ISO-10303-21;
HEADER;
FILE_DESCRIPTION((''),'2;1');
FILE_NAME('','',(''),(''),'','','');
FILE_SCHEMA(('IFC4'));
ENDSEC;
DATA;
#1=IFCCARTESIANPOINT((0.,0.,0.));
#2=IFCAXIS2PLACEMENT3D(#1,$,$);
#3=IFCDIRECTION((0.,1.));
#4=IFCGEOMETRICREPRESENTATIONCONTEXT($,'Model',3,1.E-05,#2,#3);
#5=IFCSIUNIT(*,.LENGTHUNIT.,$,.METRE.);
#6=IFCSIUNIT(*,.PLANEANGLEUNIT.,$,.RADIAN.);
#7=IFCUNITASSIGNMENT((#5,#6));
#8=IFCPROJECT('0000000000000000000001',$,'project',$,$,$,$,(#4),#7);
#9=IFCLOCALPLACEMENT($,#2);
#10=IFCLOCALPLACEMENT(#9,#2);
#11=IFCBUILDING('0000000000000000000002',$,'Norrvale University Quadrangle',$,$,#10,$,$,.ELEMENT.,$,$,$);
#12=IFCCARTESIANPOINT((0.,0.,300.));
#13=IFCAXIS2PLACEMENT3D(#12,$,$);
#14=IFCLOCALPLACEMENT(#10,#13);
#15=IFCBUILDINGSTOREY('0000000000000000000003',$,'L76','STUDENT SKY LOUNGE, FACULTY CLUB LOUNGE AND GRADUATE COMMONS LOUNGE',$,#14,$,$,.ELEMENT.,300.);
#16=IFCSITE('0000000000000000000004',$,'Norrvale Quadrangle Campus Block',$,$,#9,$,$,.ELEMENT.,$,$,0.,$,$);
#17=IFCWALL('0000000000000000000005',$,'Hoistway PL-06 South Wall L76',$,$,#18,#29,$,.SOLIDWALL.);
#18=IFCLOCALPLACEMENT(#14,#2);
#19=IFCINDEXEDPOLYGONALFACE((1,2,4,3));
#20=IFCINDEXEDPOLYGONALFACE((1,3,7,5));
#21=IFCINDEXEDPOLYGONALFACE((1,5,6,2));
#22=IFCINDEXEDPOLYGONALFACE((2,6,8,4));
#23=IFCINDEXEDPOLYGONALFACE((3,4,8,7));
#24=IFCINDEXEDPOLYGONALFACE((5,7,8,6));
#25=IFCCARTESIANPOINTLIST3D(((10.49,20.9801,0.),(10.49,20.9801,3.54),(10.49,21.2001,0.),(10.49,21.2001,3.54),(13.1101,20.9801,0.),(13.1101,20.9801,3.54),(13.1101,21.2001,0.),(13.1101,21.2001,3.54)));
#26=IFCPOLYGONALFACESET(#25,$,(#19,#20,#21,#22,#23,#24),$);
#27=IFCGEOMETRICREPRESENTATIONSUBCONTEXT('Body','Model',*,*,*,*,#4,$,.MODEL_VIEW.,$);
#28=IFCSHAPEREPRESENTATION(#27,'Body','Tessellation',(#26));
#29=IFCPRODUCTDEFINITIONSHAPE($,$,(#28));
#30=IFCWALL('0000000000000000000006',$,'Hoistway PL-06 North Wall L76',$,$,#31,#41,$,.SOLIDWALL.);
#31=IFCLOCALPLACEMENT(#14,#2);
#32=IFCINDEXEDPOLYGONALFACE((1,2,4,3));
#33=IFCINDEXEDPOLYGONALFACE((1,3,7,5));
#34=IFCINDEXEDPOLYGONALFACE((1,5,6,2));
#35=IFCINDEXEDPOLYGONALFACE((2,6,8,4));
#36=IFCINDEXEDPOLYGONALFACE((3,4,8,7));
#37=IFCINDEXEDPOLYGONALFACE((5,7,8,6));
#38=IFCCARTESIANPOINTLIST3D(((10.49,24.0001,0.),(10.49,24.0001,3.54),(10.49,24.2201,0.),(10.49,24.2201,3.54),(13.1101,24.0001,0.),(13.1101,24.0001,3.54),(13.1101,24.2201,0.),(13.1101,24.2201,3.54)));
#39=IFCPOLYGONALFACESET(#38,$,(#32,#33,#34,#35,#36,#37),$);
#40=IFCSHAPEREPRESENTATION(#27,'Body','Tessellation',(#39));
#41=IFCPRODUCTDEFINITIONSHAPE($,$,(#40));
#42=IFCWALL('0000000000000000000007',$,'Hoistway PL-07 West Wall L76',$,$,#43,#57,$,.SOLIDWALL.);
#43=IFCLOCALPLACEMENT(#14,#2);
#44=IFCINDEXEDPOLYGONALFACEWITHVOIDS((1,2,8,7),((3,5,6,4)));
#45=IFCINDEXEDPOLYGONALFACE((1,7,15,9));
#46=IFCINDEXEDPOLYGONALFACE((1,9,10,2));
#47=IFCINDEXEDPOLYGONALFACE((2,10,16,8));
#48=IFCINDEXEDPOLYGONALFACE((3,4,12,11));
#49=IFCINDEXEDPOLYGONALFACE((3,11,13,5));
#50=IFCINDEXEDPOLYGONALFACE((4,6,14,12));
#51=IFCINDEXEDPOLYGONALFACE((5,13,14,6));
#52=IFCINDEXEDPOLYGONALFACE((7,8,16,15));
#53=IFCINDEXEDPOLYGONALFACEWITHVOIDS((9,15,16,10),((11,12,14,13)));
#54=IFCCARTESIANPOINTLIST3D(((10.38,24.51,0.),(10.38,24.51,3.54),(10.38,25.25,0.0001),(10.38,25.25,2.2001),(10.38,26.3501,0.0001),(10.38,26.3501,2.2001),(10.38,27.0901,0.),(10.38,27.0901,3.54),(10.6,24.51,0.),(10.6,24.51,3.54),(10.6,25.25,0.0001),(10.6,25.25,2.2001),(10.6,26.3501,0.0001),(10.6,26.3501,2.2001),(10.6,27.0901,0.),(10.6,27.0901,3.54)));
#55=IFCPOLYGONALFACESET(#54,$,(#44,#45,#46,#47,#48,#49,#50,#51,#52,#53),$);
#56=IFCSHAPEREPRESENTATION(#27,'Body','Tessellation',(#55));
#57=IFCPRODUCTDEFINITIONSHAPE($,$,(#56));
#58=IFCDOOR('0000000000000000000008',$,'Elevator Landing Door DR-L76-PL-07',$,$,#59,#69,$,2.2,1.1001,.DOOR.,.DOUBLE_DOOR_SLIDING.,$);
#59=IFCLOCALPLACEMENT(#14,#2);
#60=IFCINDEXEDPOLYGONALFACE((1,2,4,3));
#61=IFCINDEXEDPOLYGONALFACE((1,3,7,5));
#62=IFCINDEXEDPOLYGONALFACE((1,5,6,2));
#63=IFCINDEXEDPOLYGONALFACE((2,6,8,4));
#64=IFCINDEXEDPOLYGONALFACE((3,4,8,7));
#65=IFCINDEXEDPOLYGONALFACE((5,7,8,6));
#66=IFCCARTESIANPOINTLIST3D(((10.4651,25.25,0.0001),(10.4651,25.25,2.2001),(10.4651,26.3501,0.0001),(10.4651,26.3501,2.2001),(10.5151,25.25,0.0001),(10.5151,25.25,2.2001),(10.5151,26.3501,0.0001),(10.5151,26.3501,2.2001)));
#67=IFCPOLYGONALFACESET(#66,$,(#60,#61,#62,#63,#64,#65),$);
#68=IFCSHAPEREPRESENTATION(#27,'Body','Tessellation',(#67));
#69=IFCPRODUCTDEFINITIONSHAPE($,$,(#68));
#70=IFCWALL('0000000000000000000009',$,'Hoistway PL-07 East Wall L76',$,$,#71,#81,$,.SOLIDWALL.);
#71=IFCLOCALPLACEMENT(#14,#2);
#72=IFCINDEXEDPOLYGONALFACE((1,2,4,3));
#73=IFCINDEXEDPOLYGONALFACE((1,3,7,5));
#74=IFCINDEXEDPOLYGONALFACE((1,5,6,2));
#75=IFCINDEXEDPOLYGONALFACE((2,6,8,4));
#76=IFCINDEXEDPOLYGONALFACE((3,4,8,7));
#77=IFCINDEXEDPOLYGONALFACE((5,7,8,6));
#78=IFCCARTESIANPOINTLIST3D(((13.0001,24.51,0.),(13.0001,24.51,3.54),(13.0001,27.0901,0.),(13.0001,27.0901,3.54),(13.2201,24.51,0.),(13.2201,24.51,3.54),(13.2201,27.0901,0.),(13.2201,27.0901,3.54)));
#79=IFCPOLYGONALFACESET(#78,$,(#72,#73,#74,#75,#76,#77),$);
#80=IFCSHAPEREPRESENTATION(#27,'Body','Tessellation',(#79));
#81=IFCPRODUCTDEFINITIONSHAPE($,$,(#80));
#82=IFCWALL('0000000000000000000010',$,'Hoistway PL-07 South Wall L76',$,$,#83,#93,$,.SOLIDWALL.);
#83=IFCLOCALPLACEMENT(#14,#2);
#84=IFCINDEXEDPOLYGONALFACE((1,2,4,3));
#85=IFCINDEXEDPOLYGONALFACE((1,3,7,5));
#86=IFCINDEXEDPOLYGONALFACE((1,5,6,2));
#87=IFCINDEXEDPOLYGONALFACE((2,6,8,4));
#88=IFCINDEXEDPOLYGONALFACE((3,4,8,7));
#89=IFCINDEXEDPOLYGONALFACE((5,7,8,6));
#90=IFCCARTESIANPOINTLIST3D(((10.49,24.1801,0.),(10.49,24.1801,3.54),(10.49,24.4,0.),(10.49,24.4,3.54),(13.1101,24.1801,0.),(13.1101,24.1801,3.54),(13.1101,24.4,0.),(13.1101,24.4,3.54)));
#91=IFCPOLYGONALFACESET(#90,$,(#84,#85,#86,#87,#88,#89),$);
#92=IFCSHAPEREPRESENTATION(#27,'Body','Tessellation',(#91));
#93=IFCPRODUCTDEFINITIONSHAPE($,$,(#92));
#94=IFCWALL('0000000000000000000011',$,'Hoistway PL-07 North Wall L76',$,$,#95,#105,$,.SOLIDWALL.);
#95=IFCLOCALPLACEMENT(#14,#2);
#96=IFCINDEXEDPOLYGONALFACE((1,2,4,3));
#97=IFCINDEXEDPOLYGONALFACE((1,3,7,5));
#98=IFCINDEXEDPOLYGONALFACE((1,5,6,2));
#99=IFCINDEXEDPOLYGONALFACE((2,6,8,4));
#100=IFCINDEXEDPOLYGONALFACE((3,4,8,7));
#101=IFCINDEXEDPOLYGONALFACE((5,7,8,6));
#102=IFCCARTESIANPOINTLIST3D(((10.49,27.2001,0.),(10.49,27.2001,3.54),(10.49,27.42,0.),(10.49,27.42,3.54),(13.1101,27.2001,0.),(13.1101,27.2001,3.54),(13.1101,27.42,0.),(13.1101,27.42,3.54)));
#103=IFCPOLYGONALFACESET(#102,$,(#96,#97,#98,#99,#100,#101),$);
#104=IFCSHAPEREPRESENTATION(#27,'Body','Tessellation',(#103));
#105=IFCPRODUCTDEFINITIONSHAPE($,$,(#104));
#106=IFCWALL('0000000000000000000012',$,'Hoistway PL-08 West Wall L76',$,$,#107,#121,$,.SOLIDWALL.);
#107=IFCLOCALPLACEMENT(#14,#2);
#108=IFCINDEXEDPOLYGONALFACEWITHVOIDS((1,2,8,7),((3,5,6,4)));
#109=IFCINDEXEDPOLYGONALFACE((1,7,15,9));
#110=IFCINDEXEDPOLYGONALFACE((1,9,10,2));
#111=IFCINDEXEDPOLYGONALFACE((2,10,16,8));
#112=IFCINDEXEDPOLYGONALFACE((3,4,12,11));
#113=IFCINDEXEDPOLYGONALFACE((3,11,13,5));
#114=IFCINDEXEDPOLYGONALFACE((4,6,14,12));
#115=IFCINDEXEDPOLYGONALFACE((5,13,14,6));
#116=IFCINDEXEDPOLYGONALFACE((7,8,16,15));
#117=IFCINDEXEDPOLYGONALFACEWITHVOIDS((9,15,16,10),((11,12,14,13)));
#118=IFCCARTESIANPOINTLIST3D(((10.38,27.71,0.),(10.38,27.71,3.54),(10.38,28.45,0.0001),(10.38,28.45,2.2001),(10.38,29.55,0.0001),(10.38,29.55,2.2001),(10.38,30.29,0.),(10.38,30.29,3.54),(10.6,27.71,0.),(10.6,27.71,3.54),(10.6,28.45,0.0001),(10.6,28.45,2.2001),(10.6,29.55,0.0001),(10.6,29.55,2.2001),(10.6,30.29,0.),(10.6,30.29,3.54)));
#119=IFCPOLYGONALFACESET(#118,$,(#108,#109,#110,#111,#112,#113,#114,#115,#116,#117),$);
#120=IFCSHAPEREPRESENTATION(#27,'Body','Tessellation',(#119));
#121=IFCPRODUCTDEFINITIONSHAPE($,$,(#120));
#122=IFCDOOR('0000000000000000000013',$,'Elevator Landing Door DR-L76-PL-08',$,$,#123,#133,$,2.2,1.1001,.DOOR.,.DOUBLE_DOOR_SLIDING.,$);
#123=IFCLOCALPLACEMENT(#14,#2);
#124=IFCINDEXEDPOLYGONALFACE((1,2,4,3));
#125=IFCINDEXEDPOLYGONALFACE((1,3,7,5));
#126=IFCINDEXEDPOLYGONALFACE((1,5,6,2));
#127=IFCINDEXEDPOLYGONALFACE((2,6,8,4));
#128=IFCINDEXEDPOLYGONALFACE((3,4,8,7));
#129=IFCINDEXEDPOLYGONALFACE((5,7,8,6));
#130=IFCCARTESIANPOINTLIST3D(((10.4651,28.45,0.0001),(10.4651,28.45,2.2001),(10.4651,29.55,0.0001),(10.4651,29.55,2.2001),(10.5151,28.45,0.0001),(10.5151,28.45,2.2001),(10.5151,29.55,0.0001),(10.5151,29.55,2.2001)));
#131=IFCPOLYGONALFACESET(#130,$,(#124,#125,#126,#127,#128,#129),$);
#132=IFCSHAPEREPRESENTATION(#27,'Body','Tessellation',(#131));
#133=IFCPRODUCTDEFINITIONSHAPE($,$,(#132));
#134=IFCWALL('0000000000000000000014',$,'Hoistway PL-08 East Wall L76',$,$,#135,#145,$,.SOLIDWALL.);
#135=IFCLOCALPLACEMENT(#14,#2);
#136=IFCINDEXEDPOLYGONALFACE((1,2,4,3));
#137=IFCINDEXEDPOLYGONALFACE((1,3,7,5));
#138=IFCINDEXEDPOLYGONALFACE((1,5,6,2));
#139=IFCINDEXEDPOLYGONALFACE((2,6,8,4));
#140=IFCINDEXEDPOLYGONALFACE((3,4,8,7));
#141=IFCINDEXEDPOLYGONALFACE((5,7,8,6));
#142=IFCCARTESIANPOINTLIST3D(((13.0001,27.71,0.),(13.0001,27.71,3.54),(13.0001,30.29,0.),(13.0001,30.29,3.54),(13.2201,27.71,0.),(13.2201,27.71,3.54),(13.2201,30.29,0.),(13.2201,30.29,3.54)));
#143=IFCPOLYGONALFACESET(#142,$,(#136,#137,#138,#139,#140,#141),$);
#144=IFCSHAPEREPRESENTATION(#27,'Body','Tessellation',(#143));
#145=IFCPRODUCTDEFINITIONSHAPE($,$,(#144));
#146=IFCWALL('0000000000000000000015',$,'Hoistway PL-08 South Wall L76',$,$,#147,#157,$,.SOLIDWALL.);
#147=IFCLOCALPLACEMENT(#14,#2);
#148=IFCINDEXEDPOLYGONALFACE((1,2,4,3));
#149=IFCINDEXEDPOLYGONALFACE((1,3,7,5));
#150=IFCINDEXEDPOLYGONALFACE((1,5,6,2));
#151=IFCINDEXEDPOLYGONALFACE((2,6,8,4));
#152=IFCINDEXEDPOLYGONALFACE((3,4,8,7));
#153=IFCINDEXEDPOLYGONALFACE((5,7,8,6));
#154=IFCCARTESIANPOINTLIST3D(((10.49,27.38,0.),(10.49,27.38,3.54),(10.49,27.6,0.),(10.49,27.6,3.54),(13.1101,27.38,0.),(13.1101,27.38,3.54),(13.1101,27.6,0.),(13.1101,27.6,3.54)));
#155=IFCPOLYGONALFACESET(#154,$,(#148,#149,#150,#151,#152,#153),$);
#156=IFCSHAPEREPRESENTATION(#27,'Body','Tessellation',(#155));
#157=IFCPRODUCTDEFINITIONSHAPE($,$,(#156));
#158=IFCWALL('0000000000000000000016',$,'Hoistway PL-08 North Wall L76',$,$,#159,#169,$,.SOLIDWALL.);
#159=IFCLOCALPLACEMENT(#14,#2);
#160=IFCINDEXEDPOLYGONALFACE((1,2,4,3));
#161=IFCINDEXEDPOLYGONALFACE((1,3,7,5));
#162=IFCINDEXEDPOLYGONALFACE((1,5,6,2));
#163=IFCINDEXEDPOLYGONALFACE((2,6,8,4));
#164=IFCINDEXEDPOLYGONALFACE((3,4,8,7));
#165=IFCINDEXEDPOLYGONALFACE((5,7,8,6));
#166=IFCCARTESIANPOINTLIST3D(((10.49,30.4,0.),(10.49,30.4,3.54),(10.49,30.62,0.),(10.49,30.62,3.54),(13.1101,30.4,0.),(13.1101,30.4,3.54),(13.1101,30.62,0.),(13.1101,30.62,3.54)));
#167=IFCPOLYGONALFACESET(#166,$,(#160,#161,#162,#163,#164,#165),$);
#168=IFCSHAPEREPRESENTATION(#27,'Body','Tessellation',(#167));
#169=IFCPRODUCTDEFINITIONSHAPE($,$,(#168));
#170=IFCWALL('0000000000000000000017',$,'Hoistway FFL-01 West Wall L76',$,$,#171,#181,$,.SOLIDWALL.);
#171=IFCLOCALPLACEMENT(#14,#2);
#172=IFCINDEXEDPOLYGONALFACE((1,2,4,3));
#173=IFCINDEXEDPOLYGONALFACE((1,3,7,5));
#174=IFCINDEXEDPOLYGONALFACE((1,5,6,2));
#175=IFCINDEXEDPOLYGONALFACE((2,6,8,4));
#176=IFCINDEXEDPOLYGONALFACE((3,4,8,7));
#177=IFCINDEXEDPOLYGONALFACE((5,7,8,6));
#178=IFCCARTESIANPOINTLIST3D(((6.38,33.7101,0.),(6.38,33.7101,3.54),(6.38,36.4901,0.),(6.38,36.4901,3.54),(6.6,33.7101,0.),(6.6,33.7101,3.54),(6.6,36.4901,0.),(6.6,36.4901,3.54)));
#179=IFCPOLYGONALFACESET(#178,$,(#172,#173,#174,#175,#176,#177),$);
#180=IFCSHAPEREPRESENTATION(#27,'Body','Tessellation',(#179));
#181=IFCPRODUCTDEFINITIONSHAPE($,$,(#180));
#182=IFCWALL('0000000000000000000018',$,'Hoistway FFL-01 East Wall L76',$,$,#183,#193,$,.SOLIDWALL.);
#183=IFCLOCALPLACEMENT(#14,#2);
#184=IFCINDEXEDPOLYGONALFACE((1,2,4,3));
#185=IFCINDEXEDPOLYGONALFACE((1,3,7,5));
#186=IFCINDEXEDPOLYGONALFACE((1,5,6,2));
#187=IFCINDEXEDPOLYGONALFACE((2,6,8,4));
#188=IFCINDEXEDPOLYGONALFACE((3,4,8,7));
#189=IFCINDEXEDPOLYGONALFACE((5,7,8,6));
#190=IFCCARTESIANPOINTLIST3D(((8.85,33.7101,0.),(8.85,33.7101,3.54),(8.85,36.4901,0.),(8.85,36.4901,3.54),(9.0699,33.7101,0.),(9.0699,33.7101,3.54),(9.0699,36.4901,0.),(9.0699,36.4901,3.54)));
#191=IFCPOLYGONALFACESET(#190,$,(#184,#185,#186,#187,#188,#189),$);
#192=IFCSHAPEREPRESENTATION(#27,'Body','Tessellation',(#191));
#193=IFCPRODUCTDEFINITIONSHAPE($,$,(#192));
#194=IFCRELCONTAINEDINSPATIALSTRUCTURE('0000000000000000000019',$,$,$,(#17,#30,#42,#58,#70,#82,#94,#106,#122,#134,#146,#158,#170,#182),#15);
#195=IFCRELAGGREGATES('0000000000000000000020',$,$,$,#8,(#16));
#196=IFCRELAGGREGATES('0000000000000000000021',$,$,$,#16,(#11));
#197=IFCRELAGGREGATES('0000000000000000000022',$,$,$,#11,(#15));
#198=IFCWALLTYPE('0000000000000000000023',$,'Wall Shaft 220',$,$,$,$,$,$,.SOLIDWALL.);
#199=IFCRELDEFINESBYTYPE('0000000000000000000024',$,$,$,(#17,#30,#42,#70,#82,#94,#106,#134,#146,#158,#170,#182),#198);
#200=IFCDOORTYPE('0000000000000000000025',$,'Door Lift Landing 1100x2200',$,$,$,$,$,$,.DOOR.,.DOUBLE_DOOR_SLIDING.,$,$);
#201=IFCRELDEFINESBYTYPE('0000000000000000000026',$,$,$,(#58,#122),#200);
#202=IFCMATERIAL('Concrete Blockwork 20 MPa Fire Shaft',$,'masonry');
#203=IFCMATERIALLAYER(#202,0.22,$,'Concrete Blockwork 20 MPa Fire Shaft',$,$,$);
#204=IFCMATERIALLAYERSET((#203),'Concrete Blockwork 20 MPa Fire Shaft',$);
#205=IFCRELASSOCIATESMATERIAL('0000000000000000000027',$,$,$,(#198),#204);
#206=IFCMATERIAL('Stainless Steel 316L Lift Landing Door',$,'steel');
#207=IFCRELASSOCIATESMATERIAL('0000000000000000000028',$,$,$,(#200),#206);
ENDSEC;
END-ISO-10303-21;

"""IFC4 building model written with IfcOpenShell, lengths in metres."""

from ifc_helpers import new_model, si_unit, direction, frame, frame_2d, origin, place, context, subcontext, project, spatial, rectangle, extrude, material, layer, layer_set, type_object, element, fill, save


model = new_model("IFC4")

# Units and contexts
model_context = context("Model", 3, precision=1e-05, world=origin(), true_north=direction((0.0, 1.0)))
body_context = subcontext(model_context, "Body", "Model", "MODEL_VIEW")
ifc_project = project(units=[si_unit("LENGTHUNIT", "METRE"), si_unit("PLANEANGLEUNIT", "RADIAN")], contexts=[model_context])

# Site, building, storey
site_placement = place(None, origin())
site = spatial("IfcSite", under=ifc_project, at=site_placement, Name="Norrvale Quadrangle Campus Block", CompositionType="ELEMENT", RefElevation=0.0)
building_placement = place(site_placement, origin())
building = spatial("IfcBuilding", under=site, at=building_placement, Name="Norrvale University Quadrangle", CompositionType="ELEMENT")
storey_placement = place(building_placement, frame((0.0, 0.0, 300.0)))
storey = spatial("IfcBuildingStorey", under=building, at=storey_placement, Name="L76", Description="STUDENT SKY LOUNGE, FACULTY CLUB LOUNGE AND GRADUATE COMMONS LOUNGE", CompositionType="ELEMENT", Elevation=300.0)

# Shared definitions
ifc_material_1 = material(Name="Concrete Blockwork 20 MPa Fire Shaft", Category="masonry")
ifc_layer_1 = layer(ifc_material_1, 0.22, Name="Concrete Blockwork 20 MPa Fire Shaft")
ifc_layer_set_1 = layer_set([ifc_layer_1], Name="Concrete Blockwork 20 MPa Fire Shaft")
wall_type_1 = type_object("IfcWallType", Name="Wall Shaft 220", PredefinedType="SOLIDWALL", material=ifc_layer_set_1)

# Shared definitions
ifc_material_2 = material(Name="Stainless Steel 316L Lift Landing Door", Category="steel")
door_type_1 = type_object("IfcDoorType", Name="Door Lift Landing 1100x2200", OperationType="DOUBLE_DOOR_SLIDING", PredefinedType="DOOR", material=ifc_material_2)

# Walls
for number, where, z_axis, x_axis, name in (
    (1, (10.49, 21.0901, 0.0), (0.0, 0.0, 1.0), (1.0, 0.0, 0.0), "Hoistway PL-06 South Wall L76"),
    (2, (10.49, 24.1101, 0.0), (0.0, 0.0, 1.0), (1.0, 0.0, 0.0), "Hoistway PL-06 North Wall L76"),
):
    element("IfcWall", number, at=place(storey_placement, frame(where, z_axis=z_axis, x_axis=x_axis)), inside=storey, type_object=wall_type_1, Name=name, PredefinedType="SOLIDWALL", context=body_context, shape_type="SweptSolid", body=[
        extrude(rectangle(XDim=2.6201, YDim=0.22, at=frame_2d((1.3101, 0.0))), origin(), (0.0, 0.0, 1.0), 3.54),
    ])

# Wall, opening, door
wall_1_placement = place(storey_placement, frame((10.49, 24.51, 0.0), z_axis=(0.0, 0.0, 1.0), x_axis=(0.0, 1.0, 0.0)))
wall_1 = element("IfcWall", 3, at=wall_1_placement, inside=storey, type_object=wall_type_1, Name="Hoistway PL-07 West Wall L76", PredefinedType="SOLIDWALL", context=body_context, shape_type="SweptSolid", body=[
    extrude(rectangle(XDim=2.5801, YDim=0.22, at=frame_2d((1.29, 0.0))), origin(), (0.0, 0.0, 1.0), 3.54),
])
opening_1_placement = place(wall_1_placement, frame((0.74, 0.0, 0.0)))
opening_1 = element("IfcOpeningElement", 4, at=opening_1_placement, cuts=wall_1, PredefinedType="OPENING", context=body_context, shape_type="SweptSolid", body=[
    extrude(rectangle(XDim=1.1001, YDim=2.2, at=frame_2d((0.55, 1.1001))), frame((0.0, 0.1221, 0.0), z_axis=(0.0, -1.0, 0.0), x_axis=(1.0, 0.0, 0.0)), (0.0, 0.0, 1.0), 0.2439),
])
door_1_placement = place(opening_1_placement, origin())
door_1 = element("IfcDoor", 5, at=door_1_placement, inside=storey, type_object=door_type_1, Name="Elevator Landing Door DR-L76-PL-07", OperationType="DOUBLE_DOOR_SLIDING", OverallHeight=2.2, OverallWidth=1.1001, PredefinedType="DOOR", context=body_context, shape_type="SweptSolid", body=[
    extrude(rectangle(XDim=1.1001, YDim=2.2, at=frame_2d((0.55, 1.1001))), frame((0.0, 0.0249, 0.0), z_axis=(0.0, -1.0, 0.0), x_axis=(1.0, 0.0, 0.0)), (0.0, 0.0, 1.0), 0.05),
])
fill(opening_1, door_1)

# Walls
wall_2_placement = place(storey_placement, frame((13.1101, 24.51, 0.0), z_axis=(0.0, 0.0, 1.0), x_axis=(0.0, 1.0, 0.0)))
element("IfcWall", 6, at=wall_2_placement, inside=storey, type_object=wall_type_1, Name="Hoistway PL-07 East Wall L76", PredefinedType="SOLIDWALL", context=body_context, shape_type="SweptSolid", body=[
    extrude(rectangle(XDim=2.5801, YDim=0.22, at=frame_2d((1.29, 0.0))), origin(), (0.0, 0.0, 1.0), 3.54),
])
for number, where, z_axis, x_axis, name in (
    (7, (10.49, 24.29, 0.0), (0.0, 0.0, 1.0), (1.0, 0.0, 0.0), "Hoistway PL-07 South Wall L76"),
    (8, (10.49, 27.3101, 0.0), (0.0, 0.0, 1.0), (1.0, 0.0, 0.0), "Hoistway PL-07 North Wall L76"),
):
    element("IfcWall", number, at=place(storey_placement, frame(where, z_axis=z_axis, x_axis=x_axis)), inside=storey, type_object=wall_type_1, Name=name, PredefinedType="SOLIDWALL", context=body_context, shape_type="SweptSolid", body=[
        extrude(rectangle(XDim=2.6201, YDim=0.22, at=frame_2d((1.3101, 0.0))), origin(), (0.0, 0.0, 1.0), 3.54),
    ])

# Wall, opening, door
wall_3_placement = place(storey_placement, frame((10.49, 27.71, 0.0), z_axis=(0.0, 0.0, 1.0), x_axis=(0.0, 1.0, 0.0)))
wall_3 = element("IfcWall", 9, at=wall_3_placement, inside=storey, type_object=wall_type_1, Name="Hoistway PL-08 West Wall L76", PredefinedType="SOLIDWALL", context=body_context, shape_type="SweptSolid", body=[
    extrude(rectangle(XDim=2.5801, YDim=0.22, at=frame_2d((1.29, 0.0))), origin(), (0.0, 0.0, 1.0), 3.54),
])
opening_2_placement = place(wall_3_placement, frame((0.74, 0.0, 0.0)))
opening_2 = element("IfcOpeningElement", 10, at=opening_2_placement, cuts=wall_3, PredefinedType="OPENING", context=body_context, shape_type="SweptSolid", body=[
    extrude(rectangle(XDim=1.1001, YDim=2.2, at=frame_2d((0.55, 1.1001))), frame((0.0, 0.1221, 0.0), z_axis=(0.0, -1.0, 0.0), x_axis=(1.0, 0.0, 0.0)), (0.0, 0.0, 1.0), 0.2439),
])
door_2_placement = place(opening_2_placement, origin())
door_2 = element("IfcDoor", 11, at=door_2_placement, inside=storey, type_object=door_type_1, Name="Elevator Landing Door DR-L76-PL-08", OperationType="DOUBLE_DOOR_SLIDING", OverallHeight=2.2, OverallWidth=1.1001, PredefinedType="DOOR", context=body_context, shape_type="SweptSolid", body=[
    extrude(rectangle(XDim=1.1001, YDim=2.2, at=frame_2d((0.55, 1.1001))), frame((0.0, 0.0249, 0.0), z_axis=(0.0, -1.0, 0.0), x_axis=(1.0, 0.0, 0.0)), (0.0, 0.0, 1.0), 0.05),
])
fill(opening_2, door_2)

# Walls
wall_4_placement = place(storey_placement, frame((13.1101, 27.71, 0.0), z_axis=(0.0, 0.0, 1.0), x_axis=(0.0, 1.0, 0.0)))
element("IfcWall", 12, at=wall_4_placement, inside=storey, type_object=wall_type_1, Name="Hoistway PL-08 East Wall L76", PredefinedType="SOLIDWALL", context=body_context, shape_type="SweptSolid", body=[
    extrude(rectangle(XDim=2.5801, YDim=0.22, at=frame_2d((1.29, 0.0))), origin(), (0.0, 0.0, 1.0), 3.54),
])
for number, where, z_axis, x_axis, name in (
    (13, (10.49, 27.49, 0.0), (0.0, 0.0, 1.0), (1.0, 0.0, 0.0), "Hoistway PL-08 South Wall L76"),
    (14, (10.49, 30.51, 0.0), (0.0, 0.0, 1.0), (1.0, 0.0, 0.0), "Hoistway PL-08 North Wall L76"),
):
    element("IfcWall", number, at=place(storey_placement, frame(where, z_axis=z_axis, x_axis=x_axis)), inside=storey, type_object=wall_type_1, Name=name, PredefinedType="SOLIDWALL", context=body_context, shape_type="SweptSolid", body=[
        extrude(rectangle(XDim=2.6201, YDim=0.22, at=frame_2d((1.3101, 0.0))), origin(), (0.0, 0.0, 1.0), 3.54),
    ])
for number, where, z_axis, x_axis, name in (
    (15, (6.49, 33.71, 0.0), (0.0, 0.0, 1.0), (0.0, 1.0, 0.0), "Hoistway FFL-01 West Wall L76"),
    (16, (8.96, 33.71, 0.0), (0.0, 0.0, 1.0), (0.0, 1.0, 0.0), "Hoistway FFL-01 East Wall L76"),
):
    element("IfcWall", number, at=place(storey_placement, frame(where, z_axis=z_axis, x_axis=x_axis)), inside=storey, type_object=wall_type_1, Name=name, PredefinedType="SOLIDWALL", context=body_context, shape_type="SweptSolid", body=[
        extrude(rectangle(XDim=2.78, YDim=0.22, at=frame_2d((1.3901, 0.0))), origin(), (0.0, 0.0, 1.0), 3.54),
    ])

save(model, "model.ifc")
